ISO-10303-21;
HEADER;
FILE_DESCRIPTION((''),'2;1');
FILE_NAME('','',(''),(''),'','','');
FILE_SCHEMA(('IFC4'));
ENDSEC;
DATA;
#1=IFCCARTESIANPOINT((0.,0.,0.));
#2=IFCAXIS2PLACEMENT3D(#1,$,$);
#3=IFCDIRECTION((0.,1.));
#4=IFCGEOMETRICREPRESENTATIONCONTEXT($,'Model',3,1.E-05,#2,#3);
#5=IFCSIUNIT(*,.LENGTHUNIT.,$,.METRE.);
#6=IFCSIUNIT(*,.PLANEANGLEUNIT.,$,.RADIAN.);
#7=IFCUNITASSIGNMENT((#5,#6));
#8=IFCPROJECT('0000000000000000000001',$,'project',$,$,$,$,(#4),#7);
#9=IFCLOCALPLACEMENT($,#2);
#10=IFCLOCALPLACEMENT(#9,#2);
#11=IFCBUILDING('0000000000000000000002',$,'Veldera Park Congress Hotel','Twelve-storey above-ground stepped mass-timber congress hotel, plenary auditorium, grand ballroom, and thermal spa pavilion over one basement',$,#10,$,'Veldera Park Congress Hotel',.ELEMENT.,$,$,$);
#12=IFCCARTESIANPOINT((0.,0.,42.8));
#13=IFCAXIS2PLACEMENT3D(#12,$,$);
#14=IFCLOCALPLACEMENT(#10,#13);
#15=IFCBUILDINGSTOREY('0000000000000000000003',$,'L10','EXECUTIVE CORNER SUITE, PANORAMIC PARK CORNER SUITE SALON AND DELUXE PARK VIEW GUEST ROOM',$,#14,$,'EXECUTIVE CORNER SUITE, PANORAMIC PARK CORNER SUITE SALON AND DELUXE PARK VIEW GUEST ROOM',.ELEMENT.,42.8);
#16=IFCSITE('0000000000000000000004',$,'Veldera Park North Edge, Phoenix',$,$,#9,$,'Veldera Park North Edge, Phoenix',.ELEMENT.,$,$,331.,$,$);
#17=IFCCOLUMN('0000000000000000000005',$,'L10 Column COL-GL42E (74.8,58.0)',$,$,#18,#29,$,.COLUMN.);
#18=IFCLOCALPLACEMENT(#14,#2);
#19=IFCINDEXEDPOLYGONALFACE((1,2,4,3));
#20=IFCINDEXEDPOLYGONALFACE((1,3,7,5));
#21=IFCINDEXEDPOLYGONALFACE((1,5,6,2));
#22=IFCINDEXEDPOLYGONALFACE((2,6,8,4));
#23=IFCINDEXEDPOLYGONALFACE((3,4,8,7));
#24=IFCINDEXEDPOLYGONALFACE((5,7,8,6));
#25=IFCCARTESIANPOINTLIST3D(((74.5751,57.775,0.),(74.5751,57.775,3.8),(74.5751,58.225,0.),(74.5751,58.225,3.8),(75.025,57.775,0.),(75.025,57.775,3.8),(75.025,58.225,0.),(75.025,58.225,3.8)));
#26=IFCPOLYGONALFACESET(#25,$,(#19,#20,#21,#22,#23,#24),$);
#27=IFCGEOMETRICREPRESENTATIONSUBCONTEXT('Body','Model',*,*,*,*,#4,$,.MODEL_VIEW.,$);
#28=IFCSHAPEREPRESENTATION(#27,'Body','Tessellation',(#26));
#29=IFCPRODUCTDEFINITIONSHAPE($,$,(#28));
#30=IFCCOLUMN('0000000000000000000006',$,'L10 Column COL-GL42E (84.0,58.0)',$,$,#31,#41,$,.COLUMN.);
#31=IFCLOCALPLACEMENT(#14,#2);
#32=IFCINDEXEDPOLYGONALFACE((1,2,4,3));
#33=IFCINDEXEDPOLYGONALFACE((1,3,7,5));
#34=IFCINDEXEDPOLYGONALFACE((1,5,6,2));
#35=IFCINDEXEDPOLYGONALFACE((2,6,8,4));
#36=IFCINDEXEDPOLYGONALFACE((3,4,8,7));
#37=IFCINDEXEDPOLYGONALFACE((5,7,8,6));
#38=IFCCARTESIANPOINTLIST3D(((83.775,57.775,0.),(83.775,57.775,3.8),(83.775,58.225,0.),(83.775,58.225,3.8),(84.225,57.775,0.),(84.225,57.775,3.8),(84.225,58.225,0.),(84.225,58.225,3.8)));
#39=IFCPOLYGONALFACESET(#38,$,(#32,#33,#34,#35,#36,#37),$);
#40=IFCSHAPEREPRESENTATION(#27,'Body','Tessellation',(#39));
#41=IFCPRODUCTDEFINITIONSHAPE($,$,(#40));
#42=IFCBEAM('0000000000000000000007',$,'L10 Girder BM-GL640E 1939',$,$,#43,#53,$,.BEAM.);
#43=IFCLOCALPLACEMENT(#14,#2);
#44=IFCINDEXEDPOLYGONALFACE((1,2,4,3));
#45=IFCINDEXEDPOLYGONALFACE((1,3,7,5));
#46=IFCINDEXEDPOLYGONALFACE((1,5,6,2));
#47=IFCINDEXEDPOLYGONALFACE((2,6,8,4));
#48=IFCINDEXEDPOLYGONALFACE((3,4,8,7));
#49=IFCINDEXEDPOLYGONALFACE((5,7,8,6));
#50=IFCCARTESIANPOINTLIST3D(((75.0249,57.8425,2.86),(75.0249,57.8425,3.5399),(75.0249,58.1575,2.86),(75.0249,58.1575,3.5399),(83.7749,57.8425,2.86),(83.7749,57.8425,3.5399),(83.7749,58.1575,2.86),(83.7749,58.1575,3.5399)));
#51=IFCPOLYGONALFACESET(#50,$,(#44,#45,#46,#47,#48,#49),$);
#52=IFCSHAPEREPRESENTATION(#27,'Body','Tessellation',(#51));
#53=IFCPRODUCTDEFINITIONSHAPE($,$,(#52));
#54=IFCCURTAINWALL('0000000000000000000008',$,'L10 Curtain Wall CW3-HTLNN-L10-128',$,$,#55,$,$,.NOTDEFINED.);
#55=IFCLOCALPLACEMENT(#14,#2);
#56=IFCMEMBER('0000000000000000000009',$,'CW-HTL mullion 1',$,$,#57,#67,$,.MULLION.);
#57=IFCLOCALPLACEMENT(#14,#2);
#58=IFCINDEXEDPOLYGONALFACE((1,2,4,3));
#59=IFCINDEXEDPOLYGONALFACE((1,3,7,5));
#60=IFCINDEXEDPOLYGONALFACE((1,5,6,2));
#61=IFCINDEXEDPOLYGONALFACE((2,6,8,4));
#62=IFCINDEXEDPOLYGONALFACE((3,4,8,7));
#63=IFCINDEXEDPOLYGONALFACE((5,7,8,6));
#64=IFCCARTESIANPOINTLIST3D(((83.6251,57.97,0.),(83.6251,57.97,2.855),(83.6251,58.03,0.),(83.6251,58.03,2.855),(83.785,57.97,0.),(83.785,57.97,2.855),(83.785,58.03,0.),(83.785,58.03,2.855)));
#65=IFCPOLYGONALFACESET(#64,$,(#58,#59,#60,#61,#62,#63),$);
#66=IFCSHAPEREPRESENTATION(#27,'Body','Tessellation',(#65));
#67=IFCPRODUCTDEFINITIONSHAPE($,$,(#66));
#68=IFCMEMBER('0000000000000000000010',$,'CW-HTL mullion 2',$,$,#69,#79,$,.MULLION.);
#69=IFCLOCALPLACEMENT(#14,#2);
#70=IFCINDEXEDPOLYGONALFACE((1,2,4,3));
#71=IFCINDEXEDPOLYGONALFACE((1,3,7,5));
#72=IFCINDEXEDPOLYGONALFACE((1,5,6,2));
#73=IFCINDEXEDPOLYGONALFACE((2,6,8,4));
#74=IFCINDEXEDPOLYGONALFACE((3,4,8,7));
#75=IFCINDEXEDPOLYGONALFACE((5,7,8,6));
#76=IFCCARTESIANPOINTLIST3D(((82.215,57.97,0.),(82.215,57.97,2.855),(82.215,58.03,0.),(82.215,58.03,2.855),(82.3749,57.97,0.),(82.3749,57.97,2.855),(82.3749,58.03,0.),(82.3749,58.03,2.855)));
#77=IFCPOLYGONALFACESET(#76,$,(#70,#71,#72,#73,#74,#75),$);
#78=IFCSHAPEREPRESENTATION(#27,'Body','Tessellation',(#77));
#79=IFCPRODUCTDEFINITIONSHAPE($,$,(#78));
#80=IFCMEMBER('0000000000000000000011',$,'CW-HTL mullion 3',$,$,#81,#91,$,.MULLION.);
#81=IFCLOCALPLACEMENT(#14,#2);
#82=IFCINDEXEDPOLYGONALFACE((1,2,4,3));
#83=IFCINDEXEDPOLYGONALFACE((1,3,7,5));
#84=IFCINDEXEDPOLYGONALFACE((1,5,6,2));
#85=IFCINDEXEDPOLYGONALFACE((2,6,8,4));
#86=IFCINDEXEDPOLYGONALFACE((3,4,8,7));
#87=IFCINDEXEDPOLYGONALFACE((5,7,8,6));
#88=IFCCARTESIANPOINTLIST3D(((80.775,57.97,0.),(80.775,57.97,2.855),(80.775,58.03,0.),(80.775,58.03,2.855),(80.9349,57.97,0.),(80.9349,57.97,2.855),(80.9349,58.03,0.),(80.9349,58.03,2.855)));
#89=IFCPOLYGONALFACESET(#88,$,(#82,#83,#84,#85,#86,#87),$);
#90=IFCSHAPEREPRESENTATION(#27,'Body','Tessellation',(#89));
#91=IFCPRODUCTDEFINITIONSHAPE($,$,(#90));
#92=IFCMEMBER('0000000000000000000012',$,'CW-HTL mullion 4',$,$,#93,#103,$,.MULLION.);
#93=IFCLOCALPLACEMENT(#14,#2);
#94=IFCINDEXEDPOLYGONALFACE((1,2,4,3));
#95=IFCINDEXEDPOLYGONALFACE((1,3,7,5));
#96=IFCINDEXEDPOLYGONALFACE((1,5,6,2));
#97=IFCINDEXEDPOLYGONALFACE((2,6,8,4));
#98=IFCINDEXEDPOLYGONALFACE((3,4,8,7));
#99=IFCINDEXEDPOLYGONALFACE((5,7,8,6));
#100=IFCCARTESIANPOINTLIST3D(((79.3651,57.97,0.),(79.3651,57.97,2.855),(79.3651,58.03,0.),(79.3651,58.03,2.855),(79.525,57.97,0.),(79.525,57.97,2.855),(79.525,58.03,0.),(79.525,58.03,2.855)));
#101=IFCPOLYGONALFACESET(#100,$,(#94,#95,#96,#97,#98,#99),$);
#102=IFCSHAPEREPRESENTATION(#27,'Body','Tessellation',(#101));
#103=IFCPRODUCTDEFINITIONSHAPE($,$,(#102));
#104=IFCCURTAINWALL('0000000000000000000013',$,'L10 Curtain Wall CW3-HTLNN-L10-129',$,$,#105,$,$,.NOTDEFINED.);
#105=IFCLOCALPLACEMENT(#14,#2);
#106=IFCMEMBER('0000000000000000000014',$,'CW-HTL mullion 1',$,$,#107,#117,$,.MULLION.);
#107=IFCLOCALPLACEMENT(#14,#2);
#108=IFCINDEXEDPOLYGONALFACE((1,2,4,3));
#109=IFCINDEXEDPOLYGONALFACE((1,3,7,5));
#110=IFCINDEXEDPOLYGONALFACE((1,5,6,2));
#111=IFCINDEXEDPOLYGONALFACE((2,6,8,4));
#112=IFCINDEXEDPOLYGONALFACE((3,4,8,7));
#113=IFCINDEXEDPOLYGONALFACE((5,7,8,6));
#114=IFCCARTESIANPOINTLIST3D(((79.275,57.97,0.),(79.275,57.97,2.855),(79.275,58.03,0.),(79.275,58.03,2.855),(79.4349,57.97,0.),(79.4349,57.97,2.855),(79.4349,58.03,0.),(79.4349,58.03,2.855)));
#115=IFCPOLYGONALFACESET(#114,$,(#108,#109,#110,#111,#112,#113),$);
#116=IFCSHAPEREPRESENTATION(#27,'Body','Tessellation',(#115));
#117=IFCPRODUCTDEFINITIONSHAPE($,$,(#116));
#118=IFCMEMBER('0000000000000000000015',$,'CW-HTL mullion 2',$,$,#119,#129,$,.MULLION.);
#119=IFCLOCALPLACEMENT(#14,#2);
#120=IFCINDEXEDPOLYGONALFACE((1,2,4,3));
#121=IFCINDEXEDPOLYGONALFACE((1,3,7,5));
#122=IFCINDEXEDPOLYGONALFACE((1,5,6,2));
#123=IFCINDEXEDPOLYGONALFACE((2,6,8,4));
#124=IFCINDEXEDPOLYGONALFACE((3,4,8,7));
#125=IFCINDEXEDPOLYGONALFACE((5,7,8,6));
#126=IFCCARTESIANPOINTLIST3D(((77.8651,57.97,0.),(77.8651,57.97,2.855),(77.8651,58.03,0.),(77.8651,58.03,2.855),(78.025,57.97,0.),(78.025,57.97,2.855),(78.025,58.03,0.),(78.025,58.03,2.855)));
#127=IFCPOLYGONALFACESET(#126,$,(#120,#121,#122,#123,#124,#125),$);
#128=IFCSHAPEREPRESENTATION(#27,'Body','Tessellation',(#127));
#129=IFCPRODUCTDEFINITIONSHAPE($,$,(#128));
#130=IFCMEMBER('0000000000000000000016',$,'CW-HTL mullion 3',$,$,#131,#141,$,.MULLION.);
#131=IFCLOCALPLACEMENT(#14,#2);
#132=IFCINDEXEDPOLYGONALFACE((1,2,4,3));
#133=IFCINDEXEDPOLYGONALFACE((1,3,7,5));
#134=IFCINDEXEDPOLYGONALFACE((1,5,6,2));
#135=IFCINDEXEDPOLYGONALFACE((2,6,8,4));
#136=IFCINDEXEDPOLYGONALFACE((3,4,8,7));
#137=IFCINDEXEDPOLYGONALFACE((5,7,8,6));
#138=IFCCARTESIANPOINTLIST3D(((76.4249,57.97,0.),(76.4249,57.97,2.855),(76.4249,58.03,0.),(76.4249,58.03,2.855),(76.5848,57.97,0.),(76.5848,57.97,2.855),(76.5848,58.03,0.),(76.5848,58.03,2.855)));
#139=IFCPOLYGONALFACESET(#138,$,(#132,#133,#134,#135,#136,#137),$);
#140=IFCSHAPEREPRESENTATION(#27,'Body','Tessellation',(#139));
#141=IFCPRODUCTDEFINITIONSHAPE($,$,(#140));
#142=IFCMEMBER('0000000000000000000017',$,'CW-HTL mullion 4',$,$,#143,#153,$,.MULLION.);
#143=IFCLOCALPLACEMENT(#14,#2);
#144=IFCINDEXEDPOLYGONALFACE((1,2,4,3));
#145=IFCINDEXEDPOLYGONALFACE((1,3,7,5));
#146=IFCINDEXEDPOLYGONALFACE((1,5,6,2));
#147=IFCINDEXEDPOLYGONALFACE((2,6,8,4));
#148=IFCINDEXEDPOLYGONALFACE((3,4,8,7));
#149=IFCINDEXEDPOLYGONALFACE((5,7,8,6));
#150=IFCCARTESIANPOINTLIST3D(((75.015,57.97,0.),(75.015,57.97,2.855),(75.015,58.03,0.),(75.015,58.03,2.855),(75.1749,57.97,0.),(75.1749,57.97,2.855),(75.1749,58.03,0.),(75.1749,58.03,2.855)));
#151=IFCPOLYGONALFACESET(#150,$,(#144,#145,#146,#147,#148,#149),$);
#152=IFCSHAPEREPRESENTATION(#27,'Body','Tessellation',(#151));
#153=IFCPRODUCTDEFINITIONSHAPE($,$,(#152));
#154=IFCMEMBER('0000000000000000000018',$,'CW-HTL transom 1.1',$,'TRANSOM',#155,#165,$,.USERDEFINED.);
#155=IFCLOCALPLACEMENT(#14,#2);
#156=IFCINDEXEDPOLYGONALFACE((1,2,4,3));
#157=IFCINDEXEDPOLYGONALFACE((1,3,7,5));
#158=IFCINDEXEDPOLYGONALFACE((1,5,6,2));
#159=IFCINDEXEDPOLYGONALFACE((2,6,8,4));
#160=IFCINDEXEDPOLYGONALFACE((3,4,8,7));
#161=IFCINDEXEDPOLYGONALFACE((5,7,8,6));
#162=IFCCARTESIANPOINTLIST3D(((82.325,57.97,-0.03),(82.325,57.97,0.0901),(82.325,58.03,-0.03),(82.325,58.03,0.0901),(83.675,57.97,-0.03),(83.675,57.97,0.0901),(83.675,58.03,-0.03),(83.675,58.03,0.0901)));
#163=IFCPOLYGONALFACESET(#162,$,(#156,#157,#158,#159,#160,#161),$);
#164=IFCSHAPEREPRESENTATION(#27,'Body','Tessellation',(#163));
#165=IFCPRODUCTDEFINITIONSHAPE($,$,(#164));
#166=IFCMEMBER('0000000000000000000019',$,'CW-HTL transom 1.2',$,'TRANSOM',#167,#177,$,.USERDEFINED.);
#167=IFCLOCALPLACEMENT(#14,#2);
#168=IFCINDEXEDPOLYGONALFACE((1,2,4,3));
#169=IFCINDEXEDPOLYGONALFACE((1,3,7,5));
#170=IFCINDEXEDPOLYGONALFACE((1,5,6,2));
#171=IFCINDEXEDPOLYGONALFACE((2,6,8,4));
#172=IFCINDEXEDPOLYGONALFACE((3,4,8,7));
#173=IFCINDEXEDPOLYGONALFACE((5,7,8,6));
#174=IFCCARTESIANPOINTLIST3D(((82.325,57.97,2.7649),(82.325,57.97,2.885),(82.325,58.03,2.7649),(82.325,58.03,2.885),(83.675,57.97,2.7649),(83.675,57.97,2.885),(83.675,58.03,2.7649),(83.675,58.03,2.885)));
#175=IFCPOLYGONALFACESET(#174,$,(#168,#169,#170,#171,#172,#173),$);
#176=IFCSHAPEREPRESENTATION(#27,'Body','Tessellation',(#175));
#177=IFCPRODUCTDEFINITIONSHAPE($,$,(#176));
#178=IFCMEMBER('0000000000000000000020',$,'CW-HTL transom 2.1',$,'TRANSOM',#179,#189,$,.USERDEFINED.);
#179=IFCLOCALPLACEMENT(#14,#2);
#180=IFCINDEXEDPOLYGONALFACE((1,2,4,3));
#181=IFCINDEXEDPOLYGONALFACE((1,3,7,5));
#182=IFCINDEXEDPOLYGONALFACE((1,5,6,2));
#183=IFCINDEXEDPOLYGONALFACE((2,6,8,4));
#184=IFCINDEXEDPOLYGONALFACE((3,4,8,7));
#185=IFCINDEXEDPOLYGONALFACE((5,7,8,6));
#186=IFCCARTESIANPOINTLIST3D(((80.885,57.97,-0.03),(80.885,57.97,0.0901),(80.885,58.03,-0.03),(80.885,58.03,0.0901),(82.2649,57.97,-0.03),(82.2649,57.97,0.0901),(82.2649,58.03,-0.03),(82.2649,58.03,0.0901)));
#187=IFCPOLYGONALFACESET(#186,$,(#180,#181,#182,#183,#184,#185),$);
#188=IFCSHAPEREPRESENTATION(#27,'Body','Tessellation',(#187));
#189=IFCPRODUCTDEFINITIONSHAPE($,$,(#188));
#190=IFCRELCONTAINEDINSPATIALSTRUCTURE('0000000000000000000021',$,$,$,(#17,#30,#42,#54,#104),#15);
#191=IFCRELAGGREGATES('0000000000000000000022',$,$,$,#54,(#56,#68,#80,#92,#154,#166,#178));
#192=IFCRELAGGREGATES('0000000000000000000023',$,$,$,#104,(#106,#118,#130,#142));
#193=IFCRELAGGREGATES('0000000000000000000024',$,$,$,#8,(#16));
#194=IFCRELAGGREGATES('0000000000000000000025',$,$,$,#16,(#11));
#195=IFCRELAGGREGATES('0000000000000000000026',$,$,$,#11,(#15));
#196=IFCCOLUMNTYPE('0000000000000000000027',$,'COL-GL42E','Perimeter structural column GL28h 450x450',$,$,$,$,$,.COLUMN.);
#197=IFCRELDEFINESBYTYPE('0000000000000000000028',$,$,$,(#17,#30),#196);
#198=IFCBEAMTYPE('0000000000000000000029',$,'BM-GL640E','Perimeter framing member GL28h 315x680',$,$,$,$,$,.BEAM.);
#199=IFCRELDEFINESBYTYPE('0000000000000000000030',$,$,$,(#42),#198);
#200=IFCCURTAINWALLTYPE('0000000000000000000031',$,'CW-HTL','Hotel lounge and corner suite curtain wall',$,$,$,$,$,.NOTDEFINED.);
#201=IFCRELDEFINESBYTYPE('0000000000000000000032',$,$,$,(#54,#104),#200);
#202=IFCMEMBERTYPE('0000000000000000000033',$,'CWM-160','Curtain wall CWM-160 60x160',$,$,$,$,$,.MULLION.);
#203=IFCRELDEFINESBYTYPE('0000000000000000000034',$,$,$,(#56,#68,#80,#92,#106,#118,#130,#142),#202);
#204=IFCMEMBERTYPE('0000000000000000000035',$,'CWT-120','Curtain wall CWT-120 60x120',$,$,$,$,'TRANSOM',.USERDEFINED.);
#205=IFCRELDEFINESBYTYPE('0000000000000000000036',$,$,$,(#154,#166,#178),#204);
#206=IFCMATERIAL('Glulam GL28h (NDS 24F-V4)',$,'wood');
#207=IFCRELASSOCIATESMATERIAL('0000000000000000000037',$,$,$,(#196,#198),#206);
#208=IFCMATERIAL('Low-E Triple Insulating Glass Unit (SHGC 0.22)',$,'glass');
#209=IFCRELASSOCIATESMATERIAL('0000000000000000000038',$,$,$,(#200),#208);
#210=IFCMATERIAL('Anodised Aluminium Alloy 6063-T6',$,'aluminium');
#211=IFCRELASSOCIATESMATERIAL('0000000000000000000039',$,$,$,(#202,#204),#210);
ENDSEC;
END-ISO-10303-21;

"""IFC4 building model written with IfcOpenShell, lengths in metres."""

from ifc_helpers import new_model, si_unit, direction, frame, origin, origin_2d, place, context, subcontext, project, spatial, rectangle, extrude, material, material_profile, profile_set, type_object, element, aggregate, save


model = new_model("IFC4")

# Units and contexts
model_context = context("Model", 3, precision=1e-05, world=origin(), true_north=direction((0.0, 1.0)))
body_context = subcontext(model_context, "Body", "Model", "MODEL_VIEW")
ifc_project = project(units=[si_unit("LENGTHUNIT", "METRE"), si_unit("PLANEANGLEUNIT", "RADIAN")], contexts=[model_context])

# Site, building, storey
site_placement = place(None, origin())
site = spatial("IfcSite", under=ifc_project, at=site_placement, Name="Veldera Park North Edge, Phoenix", LongName="Veldera Park North Edge, Phoenix", CompositionType="ELEMENT", RefElevation=331.0)
building_placement = place(site_placement, origin())
building = spatial("IfcBuilding", under=site, at=building_placement, Name="Veldera Park Congress Hotel", Description="Twelve-storey above-ground stepped mass-timber congress hotel, plenary auditorium, grand ballroom, and thermal spa pavilion over one basement", LongName="Veldera Park Congress Hotel", CompositionType="ELEMENT")
storey_placement = place(building_placement, frame((0.0, 0.0, 42.8)))
storey = spatial("IfcBuildingStorey", under=building, at=storey_placement, Name="L10", Description="EXECUTIVE CORNER SUITE, PANORAMIC PARK CORNER SUITE SALON AND DELUXE PARK VIEW GUEST ROOM", LongName="EXECUTIVE CORNER SUITE, PANORAMIC PARK CORNER SUITE SALON AND DELUXE PARK VIEW GUEST ROOM", CompositionType="ELEMENT", Elevation=42.8)

# Columns
ifc_material_1 = material(Name="Glulam GL28h (NDS 24F-V4)", Category="wood")
ifc_material_profile_1 = material_profile(ifc_material_1, rectangle(XDim=0.45, YDim=0.45, at=origin_2d()), Name="GL28h 450x450")
ifc_profile_set_1 = profile_set([ifc_material_profile_1], Name="Glulam GL28h (NDS 24F-V4)")
column_type = type_object("IfcColumnType", Name="COL-GL42E", Description="Perimeter structural column GL28h 450x450", PredefinedType="COLUMN", material=ifc_profile_set_1)
for number, where, z_axis, x_axis, name in (
    (1, (74.8, 58.0, 0.0), (0.0, 0.0, 1.0), (1.0, 0.0, 0.0), "L10 Column COL-GL42E (74.8,58.0)"),
    (2, (84.0, 58.0, 0.0), (0.0, 0.0, 1.0), (1.0, 0.0, 0.0), "L10 Column COL-GL42E (84.0,58.0)"),
):
    element("IfcColumn", number, at=place(storey_placement, frame(where, z_axis=z_axis, x_axis=x_axis)), inside=storey, type_object=column_type, Name=name, PredefinedType="COLUMN", context=body_context, shape_type="SweptSolid", body=[
        extrude(rectangle(XDim=0.45, YDim=0.45, at=origin_2d()), origin(), (0.0, 0.0, 1.0), 3.8),
    ])

# Beam
ifc_material_profile_2 = material_profile(ifc_material_1, rectangle(XDim=0.3149, YDim=0.6799, at=origin_2d()), Name="GL28h 315x680")
ifc_profile_set_2 = profile_set([ifc_material_profile_2], Name="Glulam GL28h (NDS 24F-V4)")
beam_type = type_object("IfcBeamType", Name="BM-GL640E", Description="Perimeter framing member GL28h 315x680", PredefinedType="BEAM", material=ifc_profile_set_2)
beam_placement = place(storey_placement, frame((75.0249, 58.0, 3.2), z_axis=(1.0, 0.0, 0.0), x_axis=(0.0, 1.0, 0.0)))
element("IfcBeam", 3, at=beam_placement, inside=storey, type_object=beam_type, Name="L10 Girder BM-GL640E 1939", PredefinedType="BEAM", context=body_context, shape_type="SweptSolid", body=[
    extrude(rectangle(XDim=0.3149, YDim=0.6799, at=origin_2d()), origin(), (0.0, 0.0, 1.0), 8.75),
])

# Curtain walls, members
ifc_material_2 = material(Name="Low-E Triple Insulating Glass Unit (SHGC 0.22)", Category="glass")
curtain_wall_type = type_object("IfcCurtainWallType", Name="CW-HTL", Description="Hotel lounge and corner suite curtain wall", PredefinedType="NOTDEFINED", material=ifc_material_2)
curtain_wall_1_placement = place(storey_placement, origin())
curtain_wall_1 = element("IfcCurtainWall", 4, at=curtain_wall_1_placement, inside=storey, type_object=curtain_wall_type, Name="L10 Curtain Wall CW3-HTLNN-L10-128", PredefinedType="NOTDEFINED")
ifc_material_3 = material(Name="Anodised Aluminium Alloy 6063-T6", Category="aluminium")
ifc_material_profile_3 = material_profile(ifc_material_3, rectangle(XDim=0.0601, YDim=0.1599, at=origin_2d()), Name="ALU 60x160")
ifc_profile_set_3 = profile_set([ifc_material_profile_3], Name="Anodised Aluminium Alloy 6063-T6")
member_type_1 = type_object("IfcMemberType", Name="CWM-160", Description="Curtain wall CWM-160 60x160", PredefinedType="MULLION", material=ifc_profile_set_3)
member_1_placement = place(storey_placement, frame((83.7051, 58.0, 0.0), z_axis=(0.0, 0.0, 1.0), x_axis=(0.0, -1.0, 0.0)))
member_1 = element("IfcMember", 5, at=member_1_placement, type_object=member_type_1, Name="CW-HTL mullion 1", PredefinedType="MULLION", context=body_context, shape_type="SweptSolid", body=[
    extrude(rectangle(XDim=0.0601, YDim=0.1599, at=origin_2d()), origin(), (0.0, 0.0, 1.0), 2.855),
])
member_2_placement = place(storey_placement, frame((82.2949, 58.0, 0.0), z_axis=(0.0, 0.0, 1.0), x_axis=(0.0, -1.0, 0.0)))
member_2 = element("IfcMember", 6, at=member_2_placement, type_object=member_type_1, Name="CW-HTL mullion 2", PredefinedType="MULLION", context=body_context, shape_type="SweptSolid", body=[
    extrude(rectangle(XDim=0.0601, YDim=0.1599, at=origin_2d()), origin(), (0.0, 0.0, 1.0), 2.855),
])
member_3_placement = place(storey_placement, frame((80.855, 58.0, 0.0), z_axis=(0.0, 0.0, 1.0), x_axis=(0.0, -1.0, 0.0)))
member_3 = element("IfcMember", 7, at=member_3_placement, type_object=member_type_1, Name="CW-HTL mullion 3", PredefinedType="MULLION", context=body_context, shape_type="SweptSolid", body=[
    extrude(rectangle(XDim=0.0601, YDim=0.1599, at=origin_2d()), origin(), (0.0, 0.0, 1.0), 2.855),
])
member_4_placement = place(storey_placement, frame((79.4451, 58.0, 0.0), z_axis=(0.0, 0.0, 1.0), x_axis=(0.0, -1.0, 0.0)))
member_4 = element("IfcMember", 8, at=member_4_placement, type_object=member_type_1, Name="CW-HTL mullion 4", PredefinedType="MULLION", context=body_context, shape_type="SweptSolid", body=[
    extrude(rectangle(XDim=0.0601, YDim=0.1599, at=origin_2d()), origin(), (0.0, 0.0, 1.0), 2.855),
])
curtain_wall_2_placement = place(storey_placement, origin())
curtain_wall_2 = element("IfcCurtainWall", 9, at=curtain_wall_2_placement, inside=storey, type_object=curtain_wall_type, Name="L10 Curtain Wall CW3-HTLNN-L10-129", PredefinedType="NOTDEFINED")
member_5_placement = place(storey_placement, frame((79.355, 58.0, 0.0), z_axis=(0.0, 0.0, 1.0), x_axis=(0.0, -1.0, 0.0)))
member_5 = element("IfcMember", 10, at=member_5_placement, type_object=member_type_1, Name="CW-HTL mullion 1", PredefinedType="MULLION", context=body_context, shape_type="SweptSolid", body=[
    extrude(rectangle(XDim=0.0601, YDim=0.1599, at=origin_2d()), origin(), (0.0, 0.0, 1.0), 2.855),
])
member_6_placement = place(storey_placement, frame((77.9451, 58.0, 0.0), z_axis=(0.0, 0.0, 1.0), x_axis=(0.0, -1.0, 0.0)))
member_6 = element("IfcMember", 11, at=member_6_placement, type_object=member_type_1, Name="CW-HTL mullion 2", PredefinedType="MULLION", context=body_context, shape_type="SweptSolid", body=[
    extrude(rectangle(XDim=0.0601, YDim=0.1599, at=origin_2d()), origin(), (0.0, 0.0, 1.0), 2.855),
])
member_7_placement = place(storey_placement, frame((76.5049, 58.0, 0.0), z_axis=(0.0, 0.0, 1.0), x_axis=(0.0, -1.0, 0.0)))
member_7 = element("IfcMember", 12, at=member_7_placement, type_object=member_type_1, Name="CW-HTL mullion 3", PredefinedType="MULLION", context=body_context, shape_type="SweptSolid", body=[
    extrude(rectangle(XDim=0.0601, YDim=0.1599, at=origin_2d()), origin(), (0.0, 0.0, 1.0), 2.855),
])
member_8_placement = place(storey_placement, frame((75.095, 58.0, 0.0), z_axis=(0.0, 0.0, 1.0), x_axis=(0.0, -1.0, 0.0)))
member_8 = element("IfcMember", 13, at=member_8_placement, type_object=member_type_1, Name="CW-HTL mullion 4", PredefinedType="MULLION", context=body_context, shape_type="SweptSolid", body=[
    extrude(rectangle(XDim=0.0601, YDim=0.1599, at=origin_2d()), origin(), (0.0, 0.0, 1.0), 2.855),
])

# Members
ifc_material_profile_4 = material_profile(ifc_material_3, rectangle(XDim=0.0601, YDim=0.1201, at=origin_2d()), Name="ALU 60x120")
ifc_profile_set_4 = profile_set([ifc_material_profile_4], Name="Anodised Aluminium Alloy 6063-T6")
member_type_2 = type_object("IfcMemberType", Name="CWT-120", Description="Curtain wall CWT-120 60x120", ElementType="TRANSOM", PredefinedType="USERDEFINED", material=ifc_profile_set_4)
member_9_placement = place(storey_placement, frame((83.675, 58.0, 0.03), z_axis=(-1.0, 0.0, 0.0), x_axis=(0.0, -1.0, 0.0)))
member_9 = element("IfcMember", 14, at=member_9_placement, type_object=member_type_2, Name="CW-HTL transom 1.1", ObjectType="TRANSOM", PredefinedType="USERDEFINED", context=body_context, shape_type="SweptSolid", body=[
    extrude(rectangle(XDim=0.0601, YDim=0.1201, at=origin_2d()), origin(), (0.0, 0.0, 1.0), 1.3501),
])
member_10_placement = place(storey_placement, frame((83.675, 58.0, 2.825), z_axis=(-1.0, 0.0, 0.0), x_axis=(0.0, -1.0, 0.0)))
member_10 = element("IfcMember", 15, at=member_10_placement, type_object=member_type_2, Name="CW-HTL transom 1.2", ObjectType="TRANSOM", PredefinedType="USERDEFINED", context=body_context, shape_type="SweptSolid", body=[
    extrude(rectangle(XDim=0.0601, YDim=0.1201, at=origin_2d()), origin(), (0.0, 0.0, 1.0), 1.3501),
])
member_11_placement = place(storey_placement, frame((82.2649, 58.0, 0.03), z_axis=(-1.0, 0.0, 0.0), x_axis=(0.0, -1.0, 0.0)))
member_11 = element("IfcMember", 16, at=member_11_placement, type_object=member_type_2, Name="CW-HTL transom 2.1", ObjectType="TRANSOM", PredefinedType="USERDEFINED", context=body_context, shape_type="SweptSolid", body=[
    extrude(rectangle(XDim=0.0601, YDim=0.1201, at=origin_2d()), origin(), (0.0, 0.0, 1.0), 1.3799),
])

aggregate(curtain_wall_1, [member_1, member_2, member_3, member_4, member_9, member_10, member_11])
aggregate(curtain_wall_2, [member_5, member_6, member_7, member_8])

save(model, "model.ifc")
